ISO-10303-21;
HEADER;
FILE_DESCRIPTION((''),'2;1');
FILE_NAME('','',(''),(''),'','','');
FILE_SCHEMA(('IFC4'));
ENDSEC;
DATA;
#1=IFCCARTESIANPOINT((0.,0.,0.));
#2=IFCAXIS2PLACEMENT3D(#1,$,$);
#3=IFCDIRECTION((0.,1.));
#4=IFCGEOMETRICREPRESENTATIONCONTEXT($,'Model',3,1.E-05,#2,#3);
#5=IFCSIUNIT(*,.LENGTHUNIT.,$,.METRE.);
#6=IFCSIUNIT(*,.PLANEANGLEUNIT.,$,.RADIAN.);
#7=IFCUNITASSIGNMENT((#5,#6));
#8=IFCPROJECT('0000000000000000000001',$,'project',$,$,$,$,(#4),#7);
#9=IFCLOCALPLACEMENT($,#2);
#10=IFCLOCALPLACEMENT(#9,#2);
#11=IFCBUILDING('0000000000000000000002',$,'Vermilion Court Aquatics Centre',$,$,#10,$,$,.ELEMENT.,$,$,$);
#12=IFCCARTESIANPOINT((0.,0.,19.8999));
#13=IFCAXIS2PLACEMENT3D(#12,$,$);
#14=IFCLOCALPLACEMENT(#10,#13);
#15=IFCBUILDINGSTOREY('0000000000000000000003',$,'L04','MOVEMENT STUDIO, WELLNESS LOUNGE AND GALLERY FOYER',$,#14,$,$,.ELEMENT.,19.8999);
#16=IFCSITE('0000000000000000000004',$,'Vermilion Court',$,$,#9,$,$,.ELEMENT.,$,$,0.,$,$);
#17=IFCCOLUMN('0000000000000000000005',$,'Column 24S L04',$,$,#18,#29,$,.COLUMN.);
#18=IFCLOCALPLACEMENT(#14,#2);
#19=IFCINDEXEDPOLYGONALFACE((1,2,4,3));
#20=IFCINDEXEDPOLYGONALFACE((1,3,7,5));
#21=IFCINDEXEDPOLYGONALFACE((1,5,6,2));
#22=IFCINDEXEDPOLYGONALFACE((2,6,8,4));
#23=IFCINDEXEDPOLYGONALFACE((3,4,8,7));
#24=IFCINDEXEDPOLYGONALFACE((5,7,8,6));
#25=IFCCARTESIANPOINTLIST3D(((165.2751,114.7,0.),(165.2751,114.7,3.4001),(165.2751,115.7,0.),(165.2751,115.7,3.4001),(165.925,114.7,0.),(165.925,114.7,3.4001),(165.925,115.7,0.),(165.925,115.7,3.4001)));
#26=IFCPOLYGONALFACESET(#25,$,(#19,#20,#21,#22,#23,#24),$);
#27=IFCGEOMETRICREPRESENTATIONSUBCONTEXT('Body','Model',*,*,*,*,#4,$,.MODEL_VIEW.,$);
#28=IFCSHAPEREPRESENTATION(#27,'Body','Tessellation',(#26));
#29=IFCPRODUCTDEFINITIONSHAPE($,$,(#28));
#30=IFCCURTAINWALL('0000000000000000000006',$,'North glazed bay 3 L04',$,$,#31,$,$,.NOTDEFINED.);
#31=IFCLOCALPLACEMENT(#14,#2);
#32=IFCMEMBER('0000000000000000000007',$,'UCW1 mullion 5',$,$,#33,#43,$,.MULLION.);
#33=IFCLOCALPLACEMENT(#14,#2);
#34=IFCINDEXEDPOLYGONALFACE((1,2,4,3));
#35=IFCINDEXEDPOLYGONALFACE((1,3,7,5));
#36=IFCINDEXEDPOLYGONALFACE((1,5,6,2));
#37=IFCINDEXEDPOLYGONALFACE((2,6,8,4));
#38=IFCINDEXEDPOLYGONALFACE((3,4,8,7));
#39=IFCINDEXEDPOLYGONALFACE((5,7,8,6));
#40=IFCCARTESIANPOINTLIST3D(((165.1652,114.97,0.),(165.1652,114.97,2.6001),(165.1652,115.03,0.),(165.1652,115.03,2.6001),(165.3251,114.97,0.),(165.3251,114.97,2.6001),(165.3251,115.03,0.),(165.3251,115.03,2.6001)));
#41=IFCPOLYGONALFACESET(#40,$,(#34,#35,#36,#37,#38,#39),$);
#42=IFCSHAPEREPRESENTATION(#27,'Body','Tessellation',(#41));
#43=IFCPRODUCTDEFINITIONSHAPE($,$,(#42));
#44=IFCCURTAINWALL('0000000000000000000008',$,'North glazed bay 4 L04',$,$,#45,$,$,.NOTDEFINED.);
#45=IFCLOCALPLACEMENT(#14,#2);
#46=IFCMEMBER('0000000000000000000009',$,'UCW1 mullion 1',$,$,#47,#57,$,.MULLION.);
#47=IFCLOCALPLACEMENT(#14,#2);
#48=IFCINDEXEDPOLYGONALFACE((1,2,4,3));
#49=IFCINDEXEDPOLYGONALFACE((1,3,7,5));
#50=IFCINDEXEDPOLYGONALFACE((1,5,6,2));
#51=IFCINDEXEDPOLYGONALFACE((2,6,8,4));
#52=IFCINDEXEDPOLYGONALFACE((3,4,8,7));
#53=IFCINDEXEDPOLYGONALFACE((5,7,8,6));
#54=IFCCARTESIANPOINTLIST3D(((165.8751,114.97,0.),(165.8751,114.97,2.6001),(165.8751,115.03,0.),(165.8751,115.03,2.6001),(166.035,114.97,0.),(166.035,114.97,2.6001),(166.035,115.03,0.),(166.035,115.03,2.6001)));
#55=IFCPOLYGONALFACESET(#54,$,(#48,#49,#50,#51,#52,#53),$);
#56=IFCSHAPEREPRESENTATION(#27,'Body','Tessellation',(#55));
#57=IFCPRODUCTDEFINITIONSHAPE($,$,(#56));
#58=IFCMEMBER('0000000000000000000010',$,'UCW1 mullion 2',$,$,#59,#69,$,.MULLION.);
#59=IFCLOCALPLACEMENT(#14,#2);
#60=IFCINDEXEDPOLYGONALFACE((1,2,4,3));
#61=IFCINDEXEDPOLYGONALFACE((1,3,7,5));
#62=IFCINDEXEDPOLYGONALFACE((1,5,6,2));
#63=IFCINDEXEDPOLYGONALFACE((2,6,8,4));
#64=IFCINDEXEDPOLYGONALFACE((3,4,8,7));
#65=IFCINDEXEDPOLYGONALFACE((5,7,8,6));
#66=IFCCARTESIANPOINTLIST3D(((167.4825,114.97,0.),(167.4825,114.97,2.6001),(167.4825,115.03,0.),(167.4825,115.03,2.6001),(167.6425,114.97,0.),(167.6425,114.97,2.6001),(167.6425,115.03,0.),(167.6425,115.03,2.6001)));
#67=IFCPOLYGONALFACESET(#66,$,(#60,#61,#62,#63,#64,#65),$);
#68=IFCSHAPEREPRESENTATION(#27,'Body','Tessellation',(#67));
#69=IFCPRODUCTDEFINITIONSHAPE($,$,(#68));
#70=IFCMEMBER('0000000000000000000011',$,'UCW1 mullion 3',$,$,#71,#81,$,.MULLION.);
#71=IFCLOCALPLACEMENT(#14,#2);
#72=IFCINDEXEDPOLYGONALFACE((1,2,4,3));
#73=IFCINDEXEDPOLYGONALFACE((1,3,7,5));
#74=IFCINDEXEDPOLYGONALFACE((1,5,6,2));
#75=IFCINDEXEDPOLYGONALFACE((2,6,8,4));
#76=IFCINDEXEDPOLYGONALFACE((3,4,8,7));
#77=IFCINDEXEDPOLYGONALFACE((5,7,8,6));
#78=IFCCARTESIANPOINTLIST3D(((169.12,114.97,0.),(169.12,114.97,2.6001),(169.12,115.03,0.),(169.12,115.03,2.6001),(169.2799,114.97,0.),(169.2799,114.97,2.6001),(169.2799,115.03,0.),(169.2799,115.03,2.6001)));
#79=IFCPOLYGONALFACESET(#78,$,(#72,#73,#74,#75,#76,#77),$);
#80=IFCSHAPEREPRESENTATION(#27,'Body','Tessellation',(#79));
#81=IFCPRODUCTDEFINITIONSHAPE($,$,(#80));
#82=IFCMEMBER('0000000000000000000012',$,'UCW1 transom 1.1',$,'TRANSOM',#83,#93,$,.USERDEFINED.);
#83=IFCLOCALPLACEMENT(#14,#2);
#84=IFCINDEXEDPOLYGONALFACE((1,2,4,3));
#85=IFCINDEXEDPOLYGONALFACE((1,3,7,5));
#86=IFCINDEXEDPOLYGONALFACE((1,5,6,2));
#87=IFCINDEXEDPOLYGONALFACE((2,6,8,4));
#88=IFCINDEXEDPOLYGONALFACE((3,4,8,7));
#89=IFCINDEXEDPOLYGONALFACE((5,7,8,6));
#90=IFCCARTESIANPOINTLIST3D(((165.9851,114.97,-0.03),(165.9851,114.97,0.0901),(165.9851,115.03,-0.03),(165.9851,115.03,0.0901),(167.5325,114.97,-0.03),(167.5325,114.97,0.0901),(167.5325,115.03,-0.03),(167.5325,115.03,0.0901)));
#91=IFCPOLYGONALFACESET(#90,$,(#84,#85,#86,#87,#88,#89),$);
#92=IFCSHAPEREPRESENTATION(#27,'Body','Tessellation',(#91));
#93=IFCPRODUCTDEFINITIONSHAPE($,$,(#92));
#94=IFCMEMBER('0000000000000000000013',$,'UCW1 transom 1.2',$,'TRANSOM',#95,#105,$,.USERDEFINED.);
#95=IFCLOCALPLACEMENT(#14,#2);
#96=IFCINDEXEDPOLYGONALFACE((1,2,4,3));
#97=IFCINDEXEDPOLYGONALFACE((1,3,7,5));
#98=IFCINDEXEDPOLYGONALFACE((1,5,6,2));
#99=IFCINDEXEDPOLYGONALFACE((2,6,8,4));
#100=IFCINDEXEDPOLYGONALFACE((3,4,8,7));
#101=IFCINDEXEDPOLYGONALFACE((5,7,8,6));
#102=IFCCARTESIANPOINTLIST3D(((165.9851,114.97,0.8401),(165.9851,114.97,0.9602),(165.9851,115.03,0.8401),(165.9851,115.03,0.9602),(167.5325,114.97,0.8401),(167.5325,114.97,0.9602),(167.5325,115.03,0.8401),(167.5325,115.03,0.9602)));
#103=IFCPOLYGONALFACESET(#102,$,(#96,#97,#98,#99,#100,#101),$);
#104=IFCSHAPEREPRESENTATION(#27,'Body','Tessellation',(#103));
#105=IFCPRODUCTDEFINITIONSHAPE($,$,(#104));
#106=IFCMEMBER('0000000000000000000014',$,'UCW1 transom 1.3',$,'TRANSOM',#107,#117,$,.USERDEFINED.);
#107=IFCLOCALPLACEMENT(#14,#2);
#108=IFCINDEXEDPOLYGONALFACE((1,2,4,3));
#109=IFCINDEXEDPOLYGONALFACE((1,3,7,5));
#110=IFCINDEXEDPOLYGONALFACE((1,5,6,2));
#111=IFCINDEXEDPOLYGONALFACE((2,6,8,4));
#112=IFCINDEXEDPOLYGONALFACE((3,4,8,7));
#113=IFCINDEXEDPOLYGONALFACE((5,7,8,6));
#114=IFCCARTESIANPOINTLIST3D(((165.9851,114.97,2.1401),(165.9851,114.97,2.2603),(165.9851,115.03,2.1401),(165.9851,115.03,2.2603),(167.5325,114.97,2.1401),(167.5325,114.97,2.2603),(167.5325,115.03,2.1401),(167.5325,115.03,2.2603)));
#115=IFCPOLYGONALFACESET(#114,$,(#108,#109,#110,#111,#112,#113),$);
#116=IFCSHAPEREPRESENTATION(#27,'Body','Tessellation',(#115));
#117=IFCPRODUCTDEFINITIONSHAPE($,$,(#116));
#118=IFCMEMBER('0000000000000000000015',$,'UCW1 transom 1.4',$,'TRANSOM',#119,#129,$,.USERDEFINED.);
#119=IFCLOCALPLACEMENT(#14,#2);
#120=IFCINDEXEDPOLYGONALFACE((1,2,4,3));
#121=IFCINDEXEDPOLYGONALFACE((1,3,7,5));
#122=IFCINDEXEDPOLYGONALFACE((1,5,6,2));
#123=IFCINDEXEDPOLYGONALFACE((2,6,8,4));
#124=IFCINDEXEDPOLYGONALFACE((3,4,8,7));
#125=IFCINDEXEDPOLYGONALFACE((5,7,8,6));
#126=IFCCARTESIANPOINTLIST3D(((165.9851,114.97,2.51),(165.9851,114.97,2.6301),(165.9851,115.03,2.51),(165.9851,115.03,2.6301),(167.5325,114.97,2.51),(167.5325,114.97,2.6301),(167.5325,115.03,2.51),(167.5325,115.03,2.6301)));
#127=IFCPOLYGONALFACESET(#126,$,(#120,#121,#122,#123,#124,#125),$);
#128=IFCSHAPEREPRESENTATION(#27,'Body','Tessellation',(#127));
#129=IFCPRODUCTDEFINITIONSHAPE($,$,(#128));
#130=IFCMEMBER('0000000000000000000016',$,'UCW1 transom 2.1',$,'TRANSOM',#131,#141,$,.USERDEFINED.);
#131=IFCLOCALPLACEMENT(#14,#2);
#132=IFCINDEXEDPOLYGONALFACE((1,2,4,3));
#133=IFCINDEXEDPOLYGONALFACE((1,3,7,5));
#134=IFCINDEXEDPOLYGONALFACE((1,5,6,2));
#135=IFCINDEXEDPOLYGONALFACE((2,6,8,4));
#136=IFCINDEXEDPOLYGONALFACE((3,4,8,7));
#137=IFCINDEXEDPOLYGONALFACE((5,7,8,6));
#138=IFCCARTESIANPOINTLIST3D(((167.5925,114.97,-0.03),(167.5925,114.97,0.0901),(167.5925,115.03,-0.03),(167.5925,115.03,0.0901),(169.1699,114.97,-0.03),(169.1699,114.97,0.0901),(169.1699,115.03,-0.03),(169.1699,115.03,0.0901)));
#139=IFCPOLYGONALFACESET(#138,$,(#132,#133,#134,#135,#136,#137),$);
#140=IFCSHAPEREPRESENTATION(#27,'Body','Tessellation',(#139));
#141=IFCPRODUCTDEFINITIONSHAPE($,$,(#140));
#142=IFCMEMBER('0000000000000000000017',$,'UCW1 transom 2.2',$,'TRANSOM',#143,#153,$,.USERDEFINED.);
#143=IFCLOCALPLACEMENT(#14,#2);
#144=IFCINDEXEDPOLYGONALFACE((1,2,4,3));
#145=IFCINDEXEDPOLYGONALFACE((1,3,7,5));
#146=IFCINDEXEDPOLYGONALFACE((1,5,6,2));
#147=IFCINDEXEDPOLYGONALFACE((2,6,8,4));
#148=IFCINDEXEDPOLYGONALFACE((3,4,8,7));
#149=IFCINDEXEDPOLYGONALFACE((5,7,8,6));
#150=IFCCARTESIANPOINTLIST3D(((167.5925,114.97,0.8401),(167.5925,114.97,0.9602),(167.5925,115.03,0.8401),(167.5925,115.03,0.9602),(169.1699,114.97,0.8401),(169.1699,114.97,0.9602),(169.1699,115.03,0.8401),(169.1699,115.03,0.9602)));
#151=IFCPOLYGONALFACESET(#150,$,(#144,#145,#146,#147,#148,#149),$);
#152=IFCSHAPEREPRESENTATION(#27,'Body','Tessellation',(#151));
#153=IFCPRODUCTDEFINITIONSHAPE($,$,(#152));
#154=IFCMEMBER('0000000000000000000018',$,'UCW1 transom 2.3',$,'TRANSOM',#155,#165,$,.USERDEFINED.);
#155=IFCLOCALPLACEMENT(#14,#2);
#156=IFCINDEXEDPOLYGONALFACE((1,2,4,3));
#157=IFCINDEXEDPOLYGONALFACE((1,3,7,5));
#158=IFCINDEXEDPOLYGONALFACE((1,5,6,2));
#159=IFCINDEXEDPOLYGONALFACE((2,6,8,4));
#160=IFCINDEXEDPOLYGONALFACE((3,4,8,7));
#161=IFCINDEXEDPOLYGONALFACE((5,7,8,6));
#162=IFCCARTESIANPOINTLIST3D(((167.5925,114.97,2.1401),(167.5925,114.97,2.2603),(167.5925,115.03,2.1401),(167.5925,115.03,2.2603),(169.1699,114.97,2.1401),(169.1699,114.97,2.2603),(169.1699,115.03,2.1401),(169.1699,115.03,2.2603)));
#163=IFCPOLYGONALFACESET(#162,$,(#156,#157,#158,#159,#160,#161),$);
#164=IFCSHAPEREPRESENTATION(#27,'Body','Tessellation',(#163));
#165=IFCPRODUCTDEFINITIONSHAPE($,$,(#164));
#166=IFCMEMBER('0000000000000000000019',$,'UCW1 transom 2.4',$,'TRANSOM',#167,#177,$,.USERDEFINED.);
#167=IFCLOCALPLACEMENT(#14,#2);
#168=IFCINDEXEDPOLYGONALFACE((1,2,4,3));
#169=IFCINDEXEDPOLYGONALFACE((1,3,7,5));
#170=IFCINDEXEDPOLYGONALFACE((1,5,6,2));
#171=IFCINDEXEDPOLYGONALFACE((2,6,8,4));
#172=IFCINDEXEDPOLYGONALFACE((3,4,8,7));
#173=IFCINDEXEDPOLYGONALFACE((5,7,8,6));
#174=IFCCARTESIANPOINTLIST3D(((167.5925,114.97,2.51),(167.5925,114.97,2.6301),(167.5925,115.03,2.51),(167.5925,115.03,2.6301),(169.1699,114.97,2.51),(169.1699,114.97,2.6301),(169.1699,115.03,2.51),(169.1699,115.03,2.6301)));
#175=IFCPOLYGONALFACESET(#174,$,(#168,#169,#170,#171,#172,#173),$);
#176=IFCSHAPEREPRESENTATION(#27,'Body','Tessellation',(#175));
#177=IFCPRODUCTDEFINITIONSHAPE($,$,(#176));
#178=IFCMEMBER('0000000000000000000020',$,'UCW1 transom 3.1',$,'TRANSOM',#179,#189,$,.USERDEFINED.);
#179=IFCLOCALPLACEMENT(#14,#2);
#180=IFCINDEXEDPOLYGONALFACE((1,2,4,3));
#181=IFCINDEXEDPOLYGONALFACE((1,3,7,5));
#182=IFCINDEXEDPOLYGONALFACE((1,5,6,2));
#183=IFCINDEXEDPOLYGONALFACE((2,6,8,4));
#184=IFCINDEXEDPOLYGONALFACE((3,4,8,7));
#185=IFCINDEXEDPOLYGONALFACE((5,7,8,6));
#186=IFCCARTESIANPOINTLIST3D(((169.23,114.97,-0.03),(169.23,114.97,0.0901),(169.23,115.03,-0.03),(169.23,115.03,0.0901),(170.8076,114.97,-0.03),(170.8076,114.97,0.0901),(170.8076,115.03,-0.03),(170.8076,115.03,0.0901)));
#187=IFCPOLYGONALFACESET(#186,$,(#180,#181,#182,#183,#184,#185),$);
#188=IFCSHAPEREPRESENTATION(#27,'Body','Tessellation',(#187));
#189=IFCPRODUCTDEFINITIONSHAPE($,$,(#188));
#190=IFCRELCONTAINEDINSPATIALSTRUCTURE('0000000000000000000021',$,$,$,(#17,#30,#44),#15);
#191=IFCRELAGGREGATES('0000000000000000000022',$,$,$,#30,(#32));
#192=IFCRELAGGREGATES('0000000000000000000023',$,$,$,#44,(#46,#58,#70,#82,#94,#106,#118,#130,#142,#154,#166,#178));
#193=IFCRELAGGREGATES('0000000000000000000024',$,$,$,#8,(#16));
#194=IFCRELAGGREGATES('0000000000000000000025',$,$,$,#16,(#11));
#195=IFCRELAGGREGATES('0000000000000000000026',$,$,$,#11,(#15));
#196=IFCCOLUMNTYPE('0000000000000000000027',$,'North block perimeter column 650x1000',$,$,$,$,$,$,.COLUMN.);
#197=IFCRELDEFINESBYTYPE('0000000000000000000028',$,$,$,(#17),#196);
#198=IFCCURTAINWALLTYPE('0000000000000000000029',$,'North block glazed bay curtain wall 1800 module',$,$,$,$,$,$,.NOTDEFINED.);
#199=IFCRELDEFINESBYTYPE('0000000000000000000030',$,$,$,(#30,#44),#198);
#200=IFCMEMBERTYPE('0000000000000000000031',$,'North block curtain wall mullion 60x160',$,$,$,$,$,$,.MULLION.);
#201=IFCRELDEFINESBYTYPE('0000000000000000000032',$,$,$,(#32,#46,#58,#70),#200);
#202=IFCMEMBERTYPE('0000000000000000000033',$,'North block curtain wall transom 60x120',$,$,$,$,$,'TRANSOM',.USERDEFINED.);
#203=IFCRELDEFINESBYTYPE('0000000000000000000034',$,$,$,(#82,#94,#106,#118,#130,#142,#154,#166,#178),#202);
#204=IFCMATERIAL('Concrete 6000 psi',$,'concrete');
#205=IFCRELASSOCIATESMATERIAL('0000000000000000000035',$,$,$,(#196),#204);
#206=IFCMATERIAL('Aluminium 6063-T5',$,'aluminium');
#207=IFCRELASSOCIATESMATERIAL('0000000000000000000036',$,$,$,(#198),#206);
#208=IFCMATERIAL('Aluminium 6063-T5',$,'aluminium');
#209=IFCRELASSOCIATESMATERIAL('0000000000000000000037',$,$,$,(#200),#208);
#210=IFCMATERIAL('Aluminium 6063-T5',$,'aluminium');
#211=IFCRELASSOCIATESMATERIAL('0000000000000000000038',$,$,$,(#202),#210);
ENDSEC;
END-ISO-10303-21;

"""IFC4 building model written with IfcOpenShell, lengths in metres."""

from ifc_helpers import new_model, si_unit, direction, frame, origin, origin_2d, place, context, subcontext, project, spatial, rectangle, extrude, material, material_profile, profile_set, type_object, element, aggregate, save


model = new_model("IFC4")

# Units and contexts
model_context = context("Model", 3, precision=1e-05, world=origin(), true_north=direction((0.0, 1.0)))
body_context = subcontext(model_context, "Body", "Model", "MODEL_VIEW")
ifc_project = project(units=[si_unit("LENGTHUNIT", "METRE"), si_unit("PLANEANGLEUNIT", "RADIAN")], contexts=[model_context])

# Site, building, storey
site_placement = place(None, origin())
site = spatial("IfcSite", under=ifc_project, at=site_placement, Name="Vermilion Court", CompositionType="ELEMENT", RefElevation=0.0)
building_placement = place(site_placement, origin())
building = spatial("IfcBuilding", under=site, at=building_placement, Name="Vermilion Court Aquatics Centre", CompositionType="ELEMENT")
storey_placement = place(building_placement, frame((0.0, 0.0, 19.8999)))
storey = spatial("IfcBuildingStorey", under=building, at=storey_placement, Name="L04", Description="MOVEMENT STUDIO, WELLNESS LOUNGE AND GALLERY FOYER", CompositionType="ELEMENT", Elevation=19.8999)

# Column
ifc_material_1 = material(Name="Concrete 6000 psi", Category="concrete")
ifc_material_profile_1 = material_profile(ifc_material_1, rectangle(XDim=0.6499, YDim=1.0, at=origin_2d()), Name="RC 650x1000")
ifc_profile_set_1 = profile_set([ifc_material_profile_1], Name="Concrete 6000 psi")
column_type = type_object("IfcColumnType", Name="North block perimeter column 650x1000", PredefinedType="COLUMN", material=ifc_profile_set_1)
column_placement = place(storey_placement, frame((165.6001, 115.2, 0.0), z_axis=(0.0, 0.0, 1.0), x_axis=(1.0, 0.0, 0.0)))
element("IfcColumn", 1, at=column_placement, inside=storey, type_object=column_type, Name="Column 24S L04", PredefinedType="COLUMN", context=body_context, shape_type="SweptSolid", body=[
    extrude(rectangle(XDim=0.6499, YDim=1.0, at=origin_2d()), origin(), (0.0, 0.0, 1.0), 3.4001),
])

# Curtain wall, member
ifc_material_2 = material(Name="Aluminium 6063-T5", Category="aluminium")
curtain_wall_type = type_object("IfcCurtainWallType", Name="North block glazed bay curtain wall 1800 module", PredefinedType="NOTDEFINED", material=ifc_material_2)
curtain_wall_1_placement = place(storey_placement, origin())
curtain_wall_1 = element("IfcCurtainWall", 2, at=curtain_wall_1_placement, inside=storey, type_object=curtain_wall_type, Name="North glazed bay 3 L04", PredefinedType="NOTDEFINED")
ifc_material_3 = material(Name="Aluminium 6063-T5", Category="aluminium")
ifc_material_profile_2 = material_profile(ifc_material_3, rectangle(XDim=0.0601, YDim=0.1599, at=origin_2d()), Name="AL 60x160")
ifc_profile_set_2 = profile_set([ifc_material_profile_2], Name="Aluminium 6063-T5")
member_type_1 = type_object("IfcMemberType", Name="North block curtain wall mullion 60x160", PredefinedType="MULLION", material=ifc_profile_set_2)
member_1_placement = place(storey_placement, frame((165.2451, 115.0, 0.0), z_axis=(0.0, 0.0, 1.0), x_axis=(0.0, 1.0, 0.0)))
member_1 = element("IfcMember", 3, at=member_1_placement, type_object=member_type_1, Name="UCW1 mullion 5", PredefinedType="MULLION", context=body_context, shape_type="SweptSolid", body=[
    extrude(rectangle(XDim=0.0601, YDim=0.1599, at=origin_2d()), origin(), (0.0, 0.0, 1.0), 2.6001),
])

# Curtain wall, members
curtain_wall_2_placement = place(storey_placement, origin())
curtain_wall_2 = element("IfcCurtainWall", 4, at=curtain_wall_2_placement, inside=storey, type_object=curtain_wall_type, Name="North glazed bay 4 L04", PredefinedType="NOTDEFINED")
member_2_placement = place(storey_placement, frame((165.9551, 115.0, 0.0), z_axis=(0.0, 0.0, 1.0), x_axis=(0.0, 1.0, 0.0)))
member_2 = element("IfcMember", 5, at=member_2_placement, type_object=member_type_1, Name="UCW1 mullion 1", PredefinedType="MULLION", context=body_context, shape_type="SweptSolid", body=[
    extrude(rectangle(XDim=0.0601, YDim=0.1599, at=origin_2d()), origin(), (0.0, 0.0, 1.0), 2.6001),
])
member_3_placement = place(storey_placement, frame((167.5625, 115.0, 0.0), z_axis=(0.0, 0.0, 1.0), x_axis=(0.0, 1.0, 0.0)))
member_3 = element("IfcMember", 6, at=member_3_placement, type_object=member_type_1, Name="UCW1 mullion 2", PredefinedType="MULLION", context=body_context, shape_type="SweptSolid", body=[
    extrude(rectangle(XDim=0.0601, YDim=0.1599, at=origin_2d()), origin(), (0.0, 0.0, 1.0), 2.6001),
])
member_4_placement = place(storey_placement, frame((169.2, 115.0, 0.0), z_axis=(0.0, 0.0, 1.0), x_axis=(0.0, 1.0, 0.0)))
member_4 = element("IfcMember", 7, at=member_4_placement, type_object=member_type_1, Name="UCW1 mullion 3", PredefinedType="MULLION", context=body_context, shape_type="SweptSolid", body=[
    extrude(rectangle(XDim=0.0601, YDim=0.1599, at=origin_2d()), origin(), (0.0, 0.0, 1.0), 2.6001),
])
ifc_material_4 = material(Name="Aluminium 6063-T5", Category="aluminium")
ifc_material_profile_3 = material_profile(ifc_material_4, rectangle(XDim=0.0601, YDim=0.1201, at=origin_2d()), Name="AL 60x120")
ifc_profile_set_3 = profile_set([ifc_material_profile_3], Name="Aluminium 6063-T5")
member_type_2 = type_object("IfcMemberType", Name="North block curtain wall transom 60x120", ElementType="TRANSOM", PredefinedType="USERDEFINED", material=ifc_profile_set_3)
member_5_placement = place(storey_placement, frame((165.9851, 115.0, 0.03), z_axis=(1.0, 0.0, 0.0), x_axis=(0.0, 1.0, 0.0)))
member_5 = element("IfcMember", 8, at=member_5_placement, type_object=member_type_2, Name="UCW1 transom 1.1", ObjectType="TRANSOM", PredefinedType="USERDEFINED", context=body_context, shape_type="SweptSolid", body=[
    extrude(rectangle(XDim=0.0601, YDim=0.1201, at=origin_2d()), origin(), (0.0, 0.0, 1.0), 1.5474),
])
member_6_placement = place(storey_placement, frame((165.9851, 115.0, 0.9001), z_axis=(1.0, 0.0, 0.0), x_axis=(0.0, 1.0, 0.0)))
member_6 = element("IfcMember", 9, at=member_6_placement, type_object=member_type_2, Name="UCW1 transom 1.2", ObjectType="TRANSOM", PredefinedType="USERDEFINED", context=body_context, shape_type="SweptSolid", body=[
    extrude(rectangle(XDim=0.0601, YDim=0.1201, at=origin_2d()), origin(), (0.0, 0.0, 1.0), 1.5474),
])
member_7_placement = place(storey_placement, frame((165.9851, 115.0, 2.2002), z_axis=(1.0, 0.0, 0.0), x_axis=(0.0, 1.0, 0.0)))
member_7 = element("IfcMember", 10, at=member_7_placement, type_object=member_type_2, Name="UCW1 transom 1.3", ObjectType="TRANSOM", PredefinedType="USERDEFINED", context=body_context, shape_type="SweptSolid", body=[
    extrude(rectangle(XDim=0.0601, YDim=0.1201, at=origin_2d()), origin(), (0.0, 0.0, 1.0), 1.5474),
])
member_8_placement = place(storey_placement, frame((165.9851, 115.0, 2.5701), z_axis=(1.0, 0.0, 0.0), x_axis=(0.0, 1.0, 0.0)))
member_8 = element("IfcMember", 11, at=member_8_placement, type_object=member_type_2, Name="UCW1 transom 1.4", ObjectType="TRANSOM", PredefinedType="USERDEFINED", context=body_context, shape_type="SweptSolid", body=[
    extrude(rectangle(XDim=0.0601, YDim=0.1201, at=origin_2d()), origin(), (0.0, 0.0, 1.0), 1.5474),
])
member_9_placement = place(storey_placement, frame((167.5925, 115.0, 0.03), z_axis=(1.0, 0.0, 0.0), x_axis=(0.0, 1.0, 0.0)))
member_9 = element("IfcMember", 12, at=member_9_placement, type_object=member_type_2, Name="UCW1 transom 2.1", ObjectType="TRANSOM", PredefinedType="USERDEFINED", context=body_context, shape_type="SweptSolid", body=[
    extrude(rectangle(XDim=0.0601, YDim=0.1201, at=origin_2d()), origin(), (0.0, 0.0, 1.0), 1.5774),
])
member_10_placement = place(storey_placement, frame((167.5925, 115.0, 0.9001), z_axis=(1.0, 0.0, 0.0), x_axis=(0.0, 1.0, 0.0)))
member_10 = element("IfcMember", 13, at=member_10_placement, type_object=member_type_2, Name="UCW1 transom 2.2", ObjectType="TRANSOM", PredefinedType="USERDEFINED", context=body_context, shape_type="SweptSolid", body=[
    extrude(rectangle(XDim=0.0601, YDim=0.1201, at=origin_2d()), origin(), (0.0, 0.0, 1.0), 1.5774),
])
member_11_placement = place(storey_placement, frame((167.5925, 115.0, 2.2002), z_axis=(1.0, 0.0, 0.0), x_axis=(0.0, 1.0, 0.0)))
member_11 = element("IfcMember", 14, at=member_11_placement, type_object=member_type_2, Name="UCW1 transom 2.3", ObjectType="TRANSOM", PredefinedType="USERDEFINED", context=body_context, shape_type="SweptSolid", body=[
    extrude(rectangle(XDim=0.0601, YDim=0.1201, at=origin_2d()), origin(), (0.0, 0.0, 1.0), 1.5774),
])
member_12_placement = place(storey_placement, frame((167.5925, 115.0, 2.5701), z_axis=(1.0, 0.0, 0.0), x_axis=(0.0, 1.0, 0.0)))
member_12 = element("IfcMember", 15, at=member_12_placement, type_object=member_type_2, Name="UCW1 transom 2.4", ObjectType="TRANSOM", PredefinedType="USERDEFINED", context=body_context, shape_type="SweptSolid", body=[
    extrude(rectangle(XDim=0.0601, YDim=0.1201, at=origin_2d()), origin(), (0.0, 0.0, 1.0), 1.5774),
])
member_13_placement = place(storey_placement, frame((169.23, 115.0, 0.03), z_axis=(1.0, 0.0, 0.0), x_axis=(0.0, 1.0, 0.0)))
member_13 = element("IfcMember", 16, at=member_13_placement, type_object=member_type_2, Name="UCW1 transom 3.1", ObjectType="TRANSOM", PredefinedType="USERDEFINED", context=body_context, shape_type="SweptSolid", body=[
    extrude(rectangle(XDim=0.0601, YDim=0.1201, at=origin_2d()), origin(), (0.0, 0.0, 1.0), 1.5776),
])

aggregate(curtain_wall_1, [member_1])
aggregate(curtain_wall_2, [member_2, member_3, member_4, member_5, member_6, member_7, member_8, member_9, member_10, member_11, member_12, member_13])

save(model, "model.ifc")
